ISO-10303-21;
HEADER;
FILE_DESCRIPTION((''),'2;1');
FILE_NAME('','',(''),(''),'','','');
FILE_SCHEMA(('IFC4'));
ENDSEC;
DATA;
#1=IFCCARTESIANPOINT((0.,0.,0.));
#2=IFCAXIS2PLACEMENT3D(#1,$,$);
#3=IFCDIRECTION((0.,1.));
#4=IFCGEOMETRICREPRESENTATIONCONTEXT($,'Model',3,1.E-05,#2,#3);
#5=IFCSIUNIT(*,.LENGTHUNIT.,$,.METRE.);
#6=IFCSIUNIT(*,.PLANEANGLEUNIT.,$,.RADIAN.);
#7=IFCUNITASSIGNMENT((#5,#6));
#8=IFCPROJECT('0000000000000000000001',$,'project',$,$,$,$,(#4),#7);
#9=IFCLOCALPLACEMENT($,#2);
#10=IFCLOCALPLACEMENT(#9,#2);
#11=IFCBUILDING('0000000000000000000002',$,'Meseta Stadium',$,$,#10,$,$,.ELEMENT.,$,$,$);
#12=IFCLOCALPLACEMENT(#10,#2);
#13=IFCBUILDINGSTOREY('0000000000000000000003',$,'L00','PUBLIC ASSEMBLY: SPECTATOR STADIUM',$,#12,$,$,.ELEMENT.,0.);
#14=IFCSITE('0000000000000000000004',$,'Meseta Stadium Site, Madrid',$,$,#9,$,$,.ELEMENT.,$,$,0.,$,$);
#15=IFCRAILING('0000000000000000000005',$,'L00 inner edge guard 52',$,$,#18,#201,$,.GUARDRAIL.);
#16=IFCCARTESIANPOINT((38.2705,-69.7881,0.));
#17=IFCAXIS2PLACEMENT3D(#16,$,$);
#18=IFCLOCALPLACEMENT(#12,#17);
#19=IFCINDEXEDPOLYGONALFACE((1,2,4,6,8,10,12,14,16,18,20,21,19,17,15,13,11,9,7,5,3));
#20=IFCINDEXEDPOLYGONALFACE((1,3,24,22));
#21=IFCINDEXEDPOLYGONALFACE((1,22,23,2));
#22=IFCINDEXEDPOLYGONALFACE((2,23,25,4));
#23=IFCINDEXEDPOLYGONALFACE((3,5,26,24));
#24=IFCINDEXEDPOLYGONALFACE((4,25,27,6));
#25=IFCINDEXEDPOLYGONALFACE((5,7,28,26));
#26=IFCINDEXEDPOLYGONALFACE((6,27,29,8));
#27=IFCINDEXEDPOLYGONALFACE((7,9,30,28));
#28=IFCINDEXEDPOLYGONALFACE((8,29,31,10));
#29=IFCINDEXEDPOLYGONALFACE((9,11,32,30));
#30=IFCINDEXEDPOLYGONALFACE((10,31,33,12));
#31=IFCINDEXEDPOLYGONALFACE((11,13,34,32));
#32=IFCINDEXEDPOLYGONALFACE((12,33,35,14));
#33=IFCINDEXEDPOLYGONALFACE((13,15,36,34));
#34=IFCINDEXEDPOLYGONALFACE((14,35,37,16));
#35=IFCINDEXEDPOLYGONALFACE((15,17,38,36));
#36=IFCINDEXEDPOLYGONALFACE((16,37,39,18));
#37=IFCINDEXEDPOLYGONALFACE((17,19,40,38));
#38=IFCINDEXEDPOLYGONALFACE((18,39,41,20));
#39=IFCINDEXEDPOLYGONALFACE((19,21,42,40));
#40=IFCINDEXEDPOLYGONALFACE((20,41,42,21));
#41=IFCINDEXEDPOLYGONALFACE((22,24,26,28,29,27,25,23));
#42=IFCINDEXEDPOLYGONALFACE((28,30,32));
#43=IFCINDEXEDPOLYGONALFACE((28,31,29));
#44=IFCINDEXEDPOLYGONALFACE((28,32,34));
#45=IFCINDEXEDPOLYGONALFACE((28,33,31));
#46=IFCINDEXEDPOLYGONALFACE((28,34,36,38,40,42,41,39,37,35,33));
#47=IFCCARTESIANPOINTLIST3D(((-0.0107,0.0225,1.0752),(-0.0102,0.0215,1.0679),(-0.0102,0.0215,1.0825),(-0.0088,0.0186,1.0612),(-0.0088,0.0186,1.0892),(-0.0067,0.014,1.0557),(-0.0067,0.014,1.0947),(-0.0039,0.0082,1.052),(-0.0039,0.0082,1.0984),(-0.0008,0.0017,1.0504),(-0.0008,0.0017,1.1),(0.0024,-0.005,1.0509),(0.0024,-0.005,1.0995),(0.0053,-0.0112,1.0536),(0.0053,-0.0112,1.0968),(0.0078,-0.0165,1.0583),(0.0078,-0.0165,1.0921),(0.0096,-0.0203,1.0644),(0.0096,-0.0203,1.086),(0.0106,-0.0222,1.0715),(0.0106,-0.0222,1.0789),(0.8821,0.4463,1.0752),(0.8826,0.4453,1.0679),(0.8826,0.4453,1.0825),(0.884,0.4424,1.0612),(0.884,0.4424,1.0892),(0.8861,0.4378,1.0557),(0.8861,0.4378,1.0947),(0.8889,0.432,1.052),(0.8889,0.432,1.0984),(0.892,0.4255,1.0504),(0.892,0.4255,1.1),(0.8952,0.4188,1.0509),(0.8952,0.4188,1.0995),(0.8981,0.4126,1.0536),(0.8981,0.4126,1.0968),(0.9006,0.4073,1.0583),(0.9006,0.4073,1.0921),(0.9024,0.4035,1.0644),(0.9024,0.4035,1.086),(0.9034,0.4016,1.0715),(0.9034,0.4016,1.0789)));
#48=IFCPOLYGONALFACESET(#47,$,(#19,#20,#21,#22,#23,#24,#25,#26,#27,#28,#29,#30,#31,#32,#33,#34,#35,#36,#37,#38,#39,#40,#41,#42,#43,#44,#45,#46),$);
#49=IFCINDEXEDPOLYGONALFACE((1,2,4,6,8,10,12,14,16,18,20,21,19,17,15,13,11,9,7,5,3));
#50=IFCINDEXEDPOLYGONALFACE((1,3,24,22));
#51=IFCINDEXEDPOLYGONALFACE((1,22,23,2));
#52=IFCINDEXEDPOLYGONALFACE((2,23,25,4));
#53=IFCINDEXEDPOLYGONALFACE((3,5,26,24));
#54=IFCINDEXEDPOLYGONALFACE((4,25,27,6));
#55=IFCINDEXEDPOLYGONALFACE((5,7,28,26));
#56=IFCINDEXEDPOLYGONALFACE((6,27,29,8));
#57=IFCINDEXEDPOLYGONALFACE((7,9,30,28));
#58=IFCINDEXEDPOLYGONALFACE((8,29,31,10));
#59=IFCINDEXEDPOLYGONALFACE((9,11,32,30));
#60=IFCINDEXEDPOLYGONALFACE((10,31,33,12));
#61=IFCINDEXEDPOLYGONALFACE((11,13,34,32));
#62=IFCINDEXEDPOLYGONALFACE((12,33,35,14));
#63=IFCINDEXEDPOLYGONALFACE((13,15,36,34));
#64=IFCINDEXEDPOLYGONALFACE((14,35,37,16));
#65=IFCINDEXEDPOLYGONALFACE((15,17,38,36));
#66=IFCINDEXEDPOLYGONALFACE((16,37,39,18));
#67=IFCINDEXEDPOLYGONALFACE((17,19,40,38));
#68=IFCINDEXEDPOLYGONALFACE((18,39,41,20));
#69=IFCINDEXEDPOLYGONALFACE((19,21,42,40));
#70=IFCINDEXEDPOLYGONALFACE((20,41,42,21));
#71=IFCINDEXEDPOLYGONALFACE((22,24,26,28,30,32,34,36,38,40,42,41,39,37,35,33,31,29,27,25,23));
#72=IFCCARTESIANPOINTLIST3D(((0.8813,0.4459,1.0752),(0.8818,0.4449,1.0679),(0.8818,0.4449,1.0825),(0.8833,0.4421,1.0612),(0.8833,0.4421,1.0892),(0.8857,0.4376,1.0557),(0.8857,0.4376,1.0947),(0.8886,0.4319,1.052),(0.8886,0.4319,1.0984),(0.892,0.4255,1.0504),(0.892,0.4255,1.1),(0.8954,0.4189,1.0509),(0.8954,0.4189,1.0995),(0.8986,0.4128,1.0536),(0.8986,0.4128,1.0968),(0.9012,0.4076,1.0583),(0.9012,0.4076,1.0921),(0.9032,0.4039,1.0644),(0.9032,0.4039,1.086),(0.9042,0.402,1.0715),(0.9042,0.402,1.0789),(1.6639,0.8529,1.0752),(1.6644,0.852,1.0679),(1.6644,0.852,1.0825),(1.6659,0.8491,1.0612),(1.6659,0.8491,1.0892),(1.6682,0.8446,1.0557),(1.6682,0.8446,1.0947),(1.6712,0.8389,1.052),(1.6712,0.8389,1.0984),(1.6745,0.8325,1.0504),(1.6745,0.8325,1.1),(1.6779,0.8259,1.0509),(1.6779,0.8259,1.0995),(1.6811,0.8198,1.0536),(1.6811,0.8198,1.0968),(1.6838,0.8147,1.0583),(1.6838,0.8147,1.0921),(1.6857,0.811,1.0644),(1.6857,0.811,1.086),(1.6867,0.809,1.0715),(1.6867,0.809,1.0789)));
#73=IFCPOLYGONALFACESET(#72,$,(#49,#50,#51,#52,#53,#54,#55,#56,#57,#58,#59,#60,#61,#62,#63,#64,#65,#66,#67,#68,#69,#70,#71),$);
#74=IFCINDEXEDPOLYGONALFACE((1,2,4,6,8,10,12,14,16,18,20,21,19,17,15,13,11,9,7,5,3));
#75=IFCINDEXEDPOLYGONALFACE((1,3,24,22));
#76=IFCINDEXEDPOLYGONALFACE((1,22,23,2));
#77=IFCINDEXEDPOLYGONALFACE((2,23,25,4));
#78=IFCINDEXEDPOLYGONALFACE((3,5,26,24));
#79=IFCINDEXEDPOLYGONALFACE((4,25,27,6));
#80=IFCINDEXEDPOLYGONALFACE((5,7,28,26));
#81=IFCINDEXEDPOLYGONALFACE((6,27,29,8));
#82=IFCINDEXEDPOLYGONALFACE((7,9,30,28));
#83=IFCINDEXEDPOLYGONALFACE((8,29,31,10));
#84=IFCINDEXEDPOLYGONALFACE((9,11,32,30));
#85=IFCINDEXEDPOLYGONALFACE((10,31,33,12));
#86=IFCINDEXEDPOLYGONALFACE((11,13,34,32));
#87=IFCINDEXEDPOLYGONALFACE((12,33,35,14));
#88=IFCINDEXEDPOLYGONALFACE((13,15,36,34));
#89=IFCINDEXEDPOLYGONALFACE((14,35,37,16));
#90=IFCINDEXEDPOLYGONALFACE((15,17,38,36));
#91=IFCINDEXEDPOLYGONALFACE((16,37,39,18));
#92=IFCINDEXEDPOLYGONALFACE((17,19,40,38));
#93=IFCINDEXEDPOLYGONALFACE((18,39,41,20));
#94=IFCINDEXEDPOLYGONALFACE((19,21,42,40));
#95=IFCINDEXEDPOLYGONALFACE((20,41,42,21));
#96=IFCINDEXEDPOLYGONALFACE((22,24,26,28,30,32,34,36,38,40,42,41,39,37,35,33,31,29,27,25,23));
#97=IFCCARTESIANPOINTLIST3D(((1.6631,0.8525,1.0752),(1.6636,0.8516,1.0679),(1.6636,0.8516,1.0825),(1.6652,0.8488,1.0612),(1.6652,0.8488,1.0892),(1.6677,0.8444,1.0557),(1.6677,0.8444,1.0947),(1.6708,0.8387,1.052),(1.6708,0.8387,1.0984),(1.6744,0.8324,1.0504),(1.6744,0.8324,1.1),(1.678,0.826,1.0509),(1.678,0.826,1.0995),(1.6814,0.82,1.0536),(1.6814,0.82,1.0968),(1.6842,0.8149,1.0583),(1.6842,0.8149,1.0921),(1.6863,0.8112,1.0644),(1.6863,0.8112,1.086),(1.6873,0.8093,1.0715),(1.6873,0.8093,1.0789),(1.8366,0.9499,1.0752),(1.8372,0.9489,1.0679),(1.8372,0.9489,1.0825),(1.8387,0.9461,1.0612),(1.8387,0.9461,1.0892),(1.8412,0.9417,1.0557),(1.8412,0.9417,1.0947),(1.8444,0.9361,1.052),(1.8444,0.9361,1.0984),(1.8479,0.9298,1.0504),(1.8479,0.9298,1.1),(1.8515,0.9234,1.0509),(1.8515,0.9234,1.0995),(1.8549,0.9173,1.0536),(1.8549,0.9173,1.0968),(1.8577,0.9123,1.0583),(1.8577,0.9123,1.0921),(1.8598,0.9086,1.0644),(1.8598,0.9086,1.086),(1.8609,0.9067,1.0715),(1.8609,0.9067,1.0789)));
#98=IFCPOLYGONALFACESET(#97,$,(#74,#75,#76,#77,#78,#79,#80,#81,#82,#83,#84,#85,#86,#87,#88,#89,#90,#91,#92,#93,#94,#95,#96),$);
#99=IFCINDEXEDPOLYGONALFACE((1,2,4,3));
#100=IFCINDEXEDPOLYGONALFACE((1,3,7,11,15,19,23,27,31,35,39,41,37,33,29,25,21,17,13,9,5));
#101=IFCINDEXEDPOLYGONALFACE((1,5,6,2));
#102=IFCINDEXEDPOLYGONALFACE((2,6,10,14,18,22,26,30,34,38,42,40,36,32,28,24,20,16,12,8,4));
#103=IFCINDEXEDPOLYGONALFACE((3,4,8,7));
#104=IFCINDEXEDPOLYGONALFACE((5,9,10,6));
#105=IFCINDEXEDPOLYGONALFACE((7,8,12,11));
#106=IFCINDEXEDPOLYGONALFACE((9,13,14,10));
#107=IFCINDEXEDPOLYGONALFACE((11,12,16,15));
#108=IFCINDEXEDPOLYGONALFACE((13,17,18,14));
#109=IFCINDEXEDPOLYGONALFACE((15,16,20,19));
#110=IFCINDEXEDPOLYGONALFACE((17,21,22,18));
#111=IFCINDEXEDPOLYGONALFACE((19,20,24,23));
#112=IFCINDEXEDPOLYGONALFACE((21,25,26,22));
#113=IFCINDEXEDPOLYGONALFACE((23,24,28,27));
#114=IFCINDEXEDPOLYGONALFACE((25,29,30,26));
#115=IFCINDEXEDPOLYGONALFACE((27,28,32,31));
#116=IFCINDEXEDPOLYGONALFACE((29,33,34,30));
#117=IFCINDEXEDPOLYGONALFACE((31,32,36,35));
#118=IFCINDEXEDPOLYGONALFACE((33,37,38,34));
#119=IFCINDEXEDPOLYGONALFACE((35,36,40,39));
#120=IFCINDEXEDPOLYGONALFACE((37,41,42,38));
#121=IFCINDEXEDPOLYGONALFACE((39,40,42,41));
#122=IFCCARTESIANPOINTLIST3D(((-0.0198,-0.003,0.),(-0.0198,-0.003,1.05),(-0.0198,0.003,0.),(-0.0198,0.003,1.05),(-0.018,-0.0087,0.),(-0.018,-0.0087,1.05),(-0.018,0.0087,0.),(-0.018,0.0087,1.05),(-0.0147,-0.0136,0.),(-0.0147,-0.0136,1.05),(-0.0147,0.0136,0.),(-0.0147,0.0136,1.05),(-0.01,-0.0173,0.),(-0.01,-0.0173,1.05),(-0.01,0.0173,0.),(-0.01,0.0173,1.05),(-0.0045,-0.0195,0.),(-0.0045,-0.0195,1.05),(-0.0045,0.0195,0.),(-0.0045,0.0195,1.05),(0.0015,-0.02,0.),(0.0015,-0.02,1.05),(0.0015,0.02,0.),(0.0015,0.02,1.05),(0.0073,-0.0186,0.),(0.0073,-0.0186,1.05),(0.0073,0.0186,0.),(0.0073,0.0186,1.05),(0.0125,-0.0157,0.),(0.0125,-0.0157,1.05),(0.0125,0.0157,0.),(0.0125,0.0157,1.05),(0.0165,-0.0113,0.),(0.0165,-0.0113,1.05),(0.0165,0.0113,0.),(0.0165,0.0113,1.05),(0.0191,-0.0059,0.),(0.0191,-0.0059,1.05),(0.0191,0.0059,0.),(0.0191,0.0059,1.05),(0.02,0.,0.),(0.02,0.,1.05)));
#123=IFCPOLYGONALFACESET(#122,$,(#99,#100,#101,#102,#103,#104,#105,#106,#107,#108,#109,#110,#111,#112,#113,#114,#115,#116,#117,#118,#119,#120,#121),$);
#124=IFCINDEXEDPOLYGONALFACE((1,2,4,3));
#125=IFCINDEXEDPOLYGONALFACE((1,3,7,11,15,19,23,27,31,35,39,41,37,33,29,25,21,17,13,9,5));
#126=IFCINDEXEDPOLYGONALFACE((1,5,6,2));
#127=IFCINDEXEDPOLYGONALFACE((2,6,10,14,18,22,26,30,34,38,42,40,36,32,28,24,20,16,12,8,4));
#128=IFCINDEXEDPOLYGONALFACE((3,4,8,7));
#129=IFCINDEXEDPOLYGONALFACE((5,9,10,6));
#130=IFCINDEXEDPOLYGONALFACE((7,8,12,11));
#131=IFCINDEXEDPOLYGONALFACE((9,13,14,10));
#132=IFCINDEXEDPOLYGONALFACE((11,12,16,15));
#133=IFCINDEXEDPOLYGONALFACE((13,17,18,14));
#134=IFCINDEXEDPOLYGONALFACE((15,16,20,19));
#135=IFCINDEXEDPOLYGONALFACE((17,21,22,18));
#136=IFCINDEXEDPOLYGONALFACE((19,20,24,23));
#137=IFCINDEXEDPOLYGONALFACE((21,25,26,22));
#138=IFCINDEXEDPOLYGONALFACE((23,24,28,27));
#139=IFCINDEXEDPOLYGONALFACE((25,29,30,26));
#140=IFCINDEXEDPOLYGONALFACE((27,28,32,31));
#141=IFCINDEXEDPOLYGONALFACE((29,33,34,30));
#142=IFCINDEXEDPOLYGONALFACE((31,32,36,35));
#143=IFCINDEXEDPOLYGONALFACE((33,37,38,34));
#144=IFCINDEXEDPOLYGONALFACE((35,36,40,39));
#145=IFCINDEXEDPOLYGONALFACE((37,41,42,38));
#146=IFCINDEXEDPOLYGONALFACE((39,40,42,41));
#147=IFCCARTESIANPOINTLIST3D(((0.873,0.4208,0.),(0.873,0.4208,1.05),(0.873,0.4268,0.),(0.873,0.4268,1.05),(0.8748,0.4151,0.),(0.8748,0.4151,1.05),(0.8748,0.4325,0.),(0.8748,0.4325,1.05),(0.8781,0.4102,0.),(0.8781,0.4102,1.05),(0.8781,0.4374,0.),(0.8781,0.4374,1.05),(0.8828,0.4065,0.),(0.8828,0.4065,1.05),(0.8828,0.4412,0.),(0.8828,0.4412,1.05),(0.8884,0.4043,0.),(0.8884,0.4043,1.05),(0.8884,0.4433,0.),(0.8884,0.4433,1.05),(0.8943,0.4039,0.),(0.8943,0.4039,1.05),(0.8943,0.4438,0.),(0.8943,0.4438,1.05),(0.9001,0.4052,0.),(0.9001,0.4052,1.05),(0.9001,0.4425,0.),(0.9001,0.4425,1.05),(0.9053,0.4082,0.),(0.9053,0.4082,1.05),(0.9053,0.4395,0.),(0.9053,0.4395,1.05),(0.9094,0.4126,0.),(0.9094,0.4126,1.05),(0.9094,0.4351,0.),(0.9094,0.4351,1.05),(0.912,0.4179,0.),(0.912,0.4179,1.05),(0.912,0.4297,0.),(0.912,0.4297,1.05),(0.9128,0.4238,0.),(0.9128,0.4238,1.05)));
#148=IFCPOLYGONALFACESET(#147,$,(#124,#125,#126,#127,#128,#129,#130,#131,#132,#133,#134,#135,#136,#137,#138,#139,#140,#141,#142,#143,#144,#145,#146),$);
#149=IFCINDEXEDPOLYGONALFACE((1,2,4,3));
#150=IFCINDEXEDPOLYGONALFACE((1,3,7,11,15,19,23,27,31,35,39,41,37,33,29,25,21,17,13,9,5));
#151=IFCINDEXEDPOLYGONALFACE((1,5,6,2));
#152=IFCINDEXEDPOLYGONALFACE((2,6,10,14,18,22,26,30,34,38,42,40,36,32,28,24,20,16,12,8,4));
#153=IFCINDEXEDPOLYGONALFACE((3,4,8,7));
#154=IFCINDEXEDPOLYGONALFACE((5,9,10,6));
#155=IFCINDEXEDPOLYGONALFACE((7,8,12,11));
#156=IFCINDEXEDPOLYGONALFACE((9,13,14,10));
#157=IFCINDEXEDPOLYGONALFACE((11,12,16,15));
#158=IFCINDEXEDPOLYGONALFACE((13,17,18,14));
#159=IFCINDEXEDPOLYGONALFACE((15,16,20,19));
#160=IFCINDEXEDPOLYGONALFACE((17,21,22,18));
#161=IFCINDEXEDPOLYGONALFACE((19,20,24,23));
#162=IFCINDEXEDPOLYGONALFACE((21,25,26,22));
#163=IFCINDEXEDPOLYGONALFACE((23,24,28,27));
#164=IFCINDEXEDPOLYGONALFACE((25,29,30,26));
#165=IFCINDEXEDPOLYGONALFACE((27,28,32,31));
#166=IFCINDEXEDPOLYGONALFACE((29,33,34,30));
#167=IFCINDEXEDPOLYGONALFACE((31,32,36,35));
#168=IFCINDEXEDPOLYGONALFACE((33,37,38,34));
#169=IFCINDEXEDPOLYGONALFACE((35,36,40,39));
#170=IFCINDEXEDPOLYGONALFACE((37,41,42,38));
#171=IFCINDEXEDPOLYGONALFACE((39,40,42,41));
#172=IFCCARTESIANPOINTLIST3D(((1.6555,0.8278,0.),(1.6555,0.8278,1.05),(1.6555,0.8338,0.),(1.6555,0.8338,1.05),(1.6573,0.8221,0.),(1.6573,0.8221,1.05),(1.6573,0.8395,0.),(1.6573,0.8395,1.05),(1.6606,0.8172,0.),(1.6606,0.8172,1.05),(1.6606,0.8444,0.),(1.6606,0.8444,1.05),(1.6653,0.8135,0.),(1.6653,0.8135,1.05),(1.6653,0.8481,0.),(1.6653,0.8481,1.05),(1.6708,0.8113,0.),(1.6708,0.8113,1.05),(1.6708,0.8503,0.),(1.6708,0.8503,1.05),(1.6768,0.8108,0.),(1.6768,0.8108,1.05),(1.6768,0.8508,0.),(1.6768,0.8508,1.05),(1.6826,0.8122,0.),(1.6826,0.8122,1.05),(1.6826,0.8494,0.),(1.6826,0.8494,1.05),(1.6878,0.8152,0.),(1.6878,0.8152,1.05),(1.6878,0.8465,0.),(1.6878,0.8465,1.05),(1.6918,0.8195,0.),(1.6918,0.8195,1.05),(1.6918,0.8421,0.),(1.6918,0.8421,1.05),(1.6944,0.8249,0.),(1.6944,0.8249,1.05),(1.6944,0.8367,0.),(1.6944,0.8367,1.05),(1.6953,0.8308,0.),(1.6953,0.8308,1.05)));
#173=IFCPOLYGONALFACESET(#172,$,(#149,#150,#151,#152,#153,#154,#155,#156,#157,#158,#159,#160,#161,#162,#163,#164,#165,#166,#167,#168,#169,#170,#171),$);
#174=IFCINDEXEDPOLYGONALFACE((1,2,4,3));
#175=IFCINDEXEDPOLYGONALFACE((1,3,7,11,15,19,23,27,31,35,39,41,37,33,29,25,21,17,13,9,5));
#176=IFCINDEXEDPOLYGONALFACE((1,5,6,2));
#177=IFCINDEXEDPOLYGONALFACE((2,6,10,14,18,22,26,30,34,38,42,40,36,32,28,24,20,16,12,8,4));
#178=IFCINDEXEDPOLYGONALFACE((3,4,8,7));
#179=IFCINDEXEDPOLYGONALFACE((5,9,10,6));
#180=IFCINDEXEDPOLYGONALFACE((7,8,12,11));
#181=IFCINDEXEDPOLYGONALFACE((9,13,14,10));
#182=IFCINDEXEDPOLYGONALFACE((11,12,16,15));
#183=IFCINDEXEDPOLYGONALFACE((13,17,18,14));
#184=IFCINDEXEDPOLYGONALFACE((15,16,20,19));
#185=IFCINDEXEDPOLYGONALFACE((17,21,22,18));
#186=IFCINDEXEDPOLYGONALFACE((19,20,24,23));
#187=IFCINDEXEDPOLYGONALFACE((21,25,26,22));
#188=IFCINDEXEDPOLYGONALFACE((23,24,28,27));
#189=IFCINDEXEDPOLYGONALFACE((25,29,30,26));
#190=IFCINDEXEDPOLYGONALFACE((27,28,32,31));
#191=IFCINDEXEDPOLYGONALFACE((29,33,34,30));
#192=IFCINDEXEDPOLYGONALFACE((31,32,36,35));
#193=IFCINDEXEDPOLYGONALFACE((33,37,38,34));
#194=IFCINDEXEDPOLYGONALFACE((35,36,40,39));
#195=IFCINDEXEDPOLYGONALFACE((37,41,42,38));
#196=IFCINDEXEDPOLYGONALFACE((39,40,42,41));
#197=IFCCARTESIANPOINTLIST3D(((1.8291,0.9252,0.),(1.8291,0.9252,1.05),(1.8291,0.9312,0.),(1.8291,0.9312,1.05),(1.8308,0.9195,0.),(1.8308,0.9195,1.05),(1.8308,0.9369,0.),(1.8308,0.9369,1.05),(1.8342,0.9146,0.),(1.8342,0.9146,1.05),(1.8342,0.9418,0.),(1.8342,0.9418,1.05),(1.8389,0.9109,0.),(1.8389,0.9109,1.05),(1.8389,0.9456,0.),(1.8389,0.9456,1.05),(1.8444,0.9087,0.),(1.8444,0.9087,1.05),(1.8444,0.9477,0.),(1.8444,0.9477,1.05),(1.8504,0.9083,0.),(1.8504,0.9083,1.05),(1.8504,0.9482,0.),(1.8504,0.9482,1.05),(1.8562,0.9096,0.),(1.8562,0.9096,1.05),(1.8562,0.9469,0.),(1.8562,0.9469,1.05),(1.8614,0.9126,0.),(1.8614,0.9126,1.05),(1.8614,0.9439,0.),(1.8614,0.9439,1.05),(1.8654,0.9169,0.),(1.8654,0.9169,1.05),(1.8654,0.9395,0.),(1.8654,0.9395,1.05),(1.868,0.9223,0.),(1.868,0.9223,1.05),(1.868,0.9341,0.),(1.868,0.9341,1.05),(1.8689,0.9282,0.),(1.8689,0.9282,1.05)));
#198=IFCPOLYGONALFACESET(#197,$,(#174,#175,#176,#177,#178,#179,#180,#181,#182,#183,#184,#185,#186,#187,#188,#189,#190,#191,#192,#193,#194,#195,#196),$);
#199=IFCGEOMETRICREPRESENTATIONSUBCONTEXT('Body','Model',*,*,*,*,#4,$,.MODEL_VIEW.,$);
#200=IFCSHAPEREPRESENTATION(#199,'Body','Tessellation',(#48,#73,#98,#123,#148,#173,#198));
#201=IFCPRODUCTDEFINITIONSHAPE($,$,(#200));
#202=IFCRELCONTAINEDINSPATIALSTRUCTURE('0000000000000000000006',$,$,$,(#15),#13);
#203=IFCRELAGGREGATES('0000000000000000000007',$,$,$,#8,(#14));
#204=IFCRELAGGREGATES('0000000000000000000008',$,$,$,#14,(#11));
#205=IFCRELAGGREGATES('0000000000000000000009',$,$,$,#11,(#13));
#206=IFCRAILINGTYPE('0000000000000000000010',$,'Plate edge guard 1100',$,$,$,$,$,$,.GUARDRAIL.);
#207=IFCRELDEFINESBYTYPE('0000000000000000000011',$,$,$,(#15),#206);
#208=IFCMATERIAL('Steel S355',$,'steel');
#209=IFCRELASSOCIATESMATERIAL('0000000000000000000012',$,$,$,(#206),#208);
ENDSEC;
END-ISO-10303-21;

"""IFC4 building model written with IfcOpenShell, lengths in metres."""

from ifc_helpers import new_model, si_unit, direction, frame, origin, origin_2d, place, context, subcontext, project, spatial, circle, extrude, material, type_object, element, save


model = new_model("IFC4")

# Units and contexts
model_context = context("Model", 3, precision=1e-05, world=origin(), true_north=direction((0.0, 1.0)))
body_context = subcontext(model_context, "Body", "Model", "MODEL_VIEW")
ifc_project = project(units=[si_unit("LENGTHUNIT", "METRE"), si_unit("PLANEANGLEUNIT", "RADIAN")], contexts=[model_context])

# Site, building, storey
site_placement = place(None, origin())
site = spatial("IfcSite", under=ifc_project, at=site_placement, Name="Meseta Stadium Site, Madrid", CompositionType="ELEMENT", RefElevation=0.0)
building_placement = place(site_placement, origin())
building = spatial("IfcBuilding", under=site, at=building_placement, Name="Meseta Stadium", CompositionType="ELEMENT")
storey_placement = place(building_placement, origin())
storey = spatial("IfcBuildingStorey", under=building, at=storey_placement, Name="L00", Description="PUBLIC ASSEMBLY: SPECTATOR STADIUM", CompositionType="ELEMENT", Elevation=0.0)

# Railing
ifc_material_1 = material(Name="Steel S355", Category="steel")
railing_type_1 = type_object("IfcRailingType", Name="Plate edge guard 1100", PredefinedType="GUARDRAIL", material=ifc_material_1)
railing_1_placement = place(storey_placement, frame((38.2705, -69.7881, 0.0)))
element("IfcRailing", 1, at=railing_1_placement, inside=storey, type_object=railing_type_1, Name="L00 inner edge guard 52", PredefinedType="GUARDRAIL", context=body_context, shape_type="SweptSolid", body=[
    extrude(circle(Radius=0.0249, at=origin_2d()), frame((0.0, 0.0, 1.0752), z_axis=(0.90338, 0.42884, 0.0), x_axis=(-0.42884, 0.90338, 0.0)), (0.0, 0.0, 1.0), 0.9883),
    extrude(circle(Radius=0.0249, at=origin_2d()), frame((0.8928, 0.4238, 1.0752), z_axis=(0.887171, 0.46144, 0.0), x_axis=(-0.46144, 0.887171, 0.0)), (0.0, 0.0, 1.0), 0.8821),
    extrude(circle(Radius=0.0249, at=origin_2d()), frame((1.6753, 0.8308, 1.0752), z_axis=(0.872066, 0.489387, 0.0), x_axis=(-0.489387, 0.872066, 0.0)), (0.0, 0.0, 1.0), 0.199),
    extrude(circle(Radius=0.02, at=origin_2d()), origin(), (0.0, 0.0, 1.0), 1.05),
    extrude(circle(Radius=0.02, at=origin_2d()), frame((0.8928, 0.4238, 0.0)), (0.0, 0.0, 1.0), 1.05),
    extrude(circle(Radius=0.02, at=origin_2d()), frame((1.6753, 0.8308, 0.0)), (0.0, 0.0, 1.0), 1.05),
    extrude(circle(Radius=0.02, at=origin_2d()), frame((1.8489, 0.9282, 0.0)), (0.0, 0.0, 1.0), 1.05),
])

save(model, "model.ifc")
